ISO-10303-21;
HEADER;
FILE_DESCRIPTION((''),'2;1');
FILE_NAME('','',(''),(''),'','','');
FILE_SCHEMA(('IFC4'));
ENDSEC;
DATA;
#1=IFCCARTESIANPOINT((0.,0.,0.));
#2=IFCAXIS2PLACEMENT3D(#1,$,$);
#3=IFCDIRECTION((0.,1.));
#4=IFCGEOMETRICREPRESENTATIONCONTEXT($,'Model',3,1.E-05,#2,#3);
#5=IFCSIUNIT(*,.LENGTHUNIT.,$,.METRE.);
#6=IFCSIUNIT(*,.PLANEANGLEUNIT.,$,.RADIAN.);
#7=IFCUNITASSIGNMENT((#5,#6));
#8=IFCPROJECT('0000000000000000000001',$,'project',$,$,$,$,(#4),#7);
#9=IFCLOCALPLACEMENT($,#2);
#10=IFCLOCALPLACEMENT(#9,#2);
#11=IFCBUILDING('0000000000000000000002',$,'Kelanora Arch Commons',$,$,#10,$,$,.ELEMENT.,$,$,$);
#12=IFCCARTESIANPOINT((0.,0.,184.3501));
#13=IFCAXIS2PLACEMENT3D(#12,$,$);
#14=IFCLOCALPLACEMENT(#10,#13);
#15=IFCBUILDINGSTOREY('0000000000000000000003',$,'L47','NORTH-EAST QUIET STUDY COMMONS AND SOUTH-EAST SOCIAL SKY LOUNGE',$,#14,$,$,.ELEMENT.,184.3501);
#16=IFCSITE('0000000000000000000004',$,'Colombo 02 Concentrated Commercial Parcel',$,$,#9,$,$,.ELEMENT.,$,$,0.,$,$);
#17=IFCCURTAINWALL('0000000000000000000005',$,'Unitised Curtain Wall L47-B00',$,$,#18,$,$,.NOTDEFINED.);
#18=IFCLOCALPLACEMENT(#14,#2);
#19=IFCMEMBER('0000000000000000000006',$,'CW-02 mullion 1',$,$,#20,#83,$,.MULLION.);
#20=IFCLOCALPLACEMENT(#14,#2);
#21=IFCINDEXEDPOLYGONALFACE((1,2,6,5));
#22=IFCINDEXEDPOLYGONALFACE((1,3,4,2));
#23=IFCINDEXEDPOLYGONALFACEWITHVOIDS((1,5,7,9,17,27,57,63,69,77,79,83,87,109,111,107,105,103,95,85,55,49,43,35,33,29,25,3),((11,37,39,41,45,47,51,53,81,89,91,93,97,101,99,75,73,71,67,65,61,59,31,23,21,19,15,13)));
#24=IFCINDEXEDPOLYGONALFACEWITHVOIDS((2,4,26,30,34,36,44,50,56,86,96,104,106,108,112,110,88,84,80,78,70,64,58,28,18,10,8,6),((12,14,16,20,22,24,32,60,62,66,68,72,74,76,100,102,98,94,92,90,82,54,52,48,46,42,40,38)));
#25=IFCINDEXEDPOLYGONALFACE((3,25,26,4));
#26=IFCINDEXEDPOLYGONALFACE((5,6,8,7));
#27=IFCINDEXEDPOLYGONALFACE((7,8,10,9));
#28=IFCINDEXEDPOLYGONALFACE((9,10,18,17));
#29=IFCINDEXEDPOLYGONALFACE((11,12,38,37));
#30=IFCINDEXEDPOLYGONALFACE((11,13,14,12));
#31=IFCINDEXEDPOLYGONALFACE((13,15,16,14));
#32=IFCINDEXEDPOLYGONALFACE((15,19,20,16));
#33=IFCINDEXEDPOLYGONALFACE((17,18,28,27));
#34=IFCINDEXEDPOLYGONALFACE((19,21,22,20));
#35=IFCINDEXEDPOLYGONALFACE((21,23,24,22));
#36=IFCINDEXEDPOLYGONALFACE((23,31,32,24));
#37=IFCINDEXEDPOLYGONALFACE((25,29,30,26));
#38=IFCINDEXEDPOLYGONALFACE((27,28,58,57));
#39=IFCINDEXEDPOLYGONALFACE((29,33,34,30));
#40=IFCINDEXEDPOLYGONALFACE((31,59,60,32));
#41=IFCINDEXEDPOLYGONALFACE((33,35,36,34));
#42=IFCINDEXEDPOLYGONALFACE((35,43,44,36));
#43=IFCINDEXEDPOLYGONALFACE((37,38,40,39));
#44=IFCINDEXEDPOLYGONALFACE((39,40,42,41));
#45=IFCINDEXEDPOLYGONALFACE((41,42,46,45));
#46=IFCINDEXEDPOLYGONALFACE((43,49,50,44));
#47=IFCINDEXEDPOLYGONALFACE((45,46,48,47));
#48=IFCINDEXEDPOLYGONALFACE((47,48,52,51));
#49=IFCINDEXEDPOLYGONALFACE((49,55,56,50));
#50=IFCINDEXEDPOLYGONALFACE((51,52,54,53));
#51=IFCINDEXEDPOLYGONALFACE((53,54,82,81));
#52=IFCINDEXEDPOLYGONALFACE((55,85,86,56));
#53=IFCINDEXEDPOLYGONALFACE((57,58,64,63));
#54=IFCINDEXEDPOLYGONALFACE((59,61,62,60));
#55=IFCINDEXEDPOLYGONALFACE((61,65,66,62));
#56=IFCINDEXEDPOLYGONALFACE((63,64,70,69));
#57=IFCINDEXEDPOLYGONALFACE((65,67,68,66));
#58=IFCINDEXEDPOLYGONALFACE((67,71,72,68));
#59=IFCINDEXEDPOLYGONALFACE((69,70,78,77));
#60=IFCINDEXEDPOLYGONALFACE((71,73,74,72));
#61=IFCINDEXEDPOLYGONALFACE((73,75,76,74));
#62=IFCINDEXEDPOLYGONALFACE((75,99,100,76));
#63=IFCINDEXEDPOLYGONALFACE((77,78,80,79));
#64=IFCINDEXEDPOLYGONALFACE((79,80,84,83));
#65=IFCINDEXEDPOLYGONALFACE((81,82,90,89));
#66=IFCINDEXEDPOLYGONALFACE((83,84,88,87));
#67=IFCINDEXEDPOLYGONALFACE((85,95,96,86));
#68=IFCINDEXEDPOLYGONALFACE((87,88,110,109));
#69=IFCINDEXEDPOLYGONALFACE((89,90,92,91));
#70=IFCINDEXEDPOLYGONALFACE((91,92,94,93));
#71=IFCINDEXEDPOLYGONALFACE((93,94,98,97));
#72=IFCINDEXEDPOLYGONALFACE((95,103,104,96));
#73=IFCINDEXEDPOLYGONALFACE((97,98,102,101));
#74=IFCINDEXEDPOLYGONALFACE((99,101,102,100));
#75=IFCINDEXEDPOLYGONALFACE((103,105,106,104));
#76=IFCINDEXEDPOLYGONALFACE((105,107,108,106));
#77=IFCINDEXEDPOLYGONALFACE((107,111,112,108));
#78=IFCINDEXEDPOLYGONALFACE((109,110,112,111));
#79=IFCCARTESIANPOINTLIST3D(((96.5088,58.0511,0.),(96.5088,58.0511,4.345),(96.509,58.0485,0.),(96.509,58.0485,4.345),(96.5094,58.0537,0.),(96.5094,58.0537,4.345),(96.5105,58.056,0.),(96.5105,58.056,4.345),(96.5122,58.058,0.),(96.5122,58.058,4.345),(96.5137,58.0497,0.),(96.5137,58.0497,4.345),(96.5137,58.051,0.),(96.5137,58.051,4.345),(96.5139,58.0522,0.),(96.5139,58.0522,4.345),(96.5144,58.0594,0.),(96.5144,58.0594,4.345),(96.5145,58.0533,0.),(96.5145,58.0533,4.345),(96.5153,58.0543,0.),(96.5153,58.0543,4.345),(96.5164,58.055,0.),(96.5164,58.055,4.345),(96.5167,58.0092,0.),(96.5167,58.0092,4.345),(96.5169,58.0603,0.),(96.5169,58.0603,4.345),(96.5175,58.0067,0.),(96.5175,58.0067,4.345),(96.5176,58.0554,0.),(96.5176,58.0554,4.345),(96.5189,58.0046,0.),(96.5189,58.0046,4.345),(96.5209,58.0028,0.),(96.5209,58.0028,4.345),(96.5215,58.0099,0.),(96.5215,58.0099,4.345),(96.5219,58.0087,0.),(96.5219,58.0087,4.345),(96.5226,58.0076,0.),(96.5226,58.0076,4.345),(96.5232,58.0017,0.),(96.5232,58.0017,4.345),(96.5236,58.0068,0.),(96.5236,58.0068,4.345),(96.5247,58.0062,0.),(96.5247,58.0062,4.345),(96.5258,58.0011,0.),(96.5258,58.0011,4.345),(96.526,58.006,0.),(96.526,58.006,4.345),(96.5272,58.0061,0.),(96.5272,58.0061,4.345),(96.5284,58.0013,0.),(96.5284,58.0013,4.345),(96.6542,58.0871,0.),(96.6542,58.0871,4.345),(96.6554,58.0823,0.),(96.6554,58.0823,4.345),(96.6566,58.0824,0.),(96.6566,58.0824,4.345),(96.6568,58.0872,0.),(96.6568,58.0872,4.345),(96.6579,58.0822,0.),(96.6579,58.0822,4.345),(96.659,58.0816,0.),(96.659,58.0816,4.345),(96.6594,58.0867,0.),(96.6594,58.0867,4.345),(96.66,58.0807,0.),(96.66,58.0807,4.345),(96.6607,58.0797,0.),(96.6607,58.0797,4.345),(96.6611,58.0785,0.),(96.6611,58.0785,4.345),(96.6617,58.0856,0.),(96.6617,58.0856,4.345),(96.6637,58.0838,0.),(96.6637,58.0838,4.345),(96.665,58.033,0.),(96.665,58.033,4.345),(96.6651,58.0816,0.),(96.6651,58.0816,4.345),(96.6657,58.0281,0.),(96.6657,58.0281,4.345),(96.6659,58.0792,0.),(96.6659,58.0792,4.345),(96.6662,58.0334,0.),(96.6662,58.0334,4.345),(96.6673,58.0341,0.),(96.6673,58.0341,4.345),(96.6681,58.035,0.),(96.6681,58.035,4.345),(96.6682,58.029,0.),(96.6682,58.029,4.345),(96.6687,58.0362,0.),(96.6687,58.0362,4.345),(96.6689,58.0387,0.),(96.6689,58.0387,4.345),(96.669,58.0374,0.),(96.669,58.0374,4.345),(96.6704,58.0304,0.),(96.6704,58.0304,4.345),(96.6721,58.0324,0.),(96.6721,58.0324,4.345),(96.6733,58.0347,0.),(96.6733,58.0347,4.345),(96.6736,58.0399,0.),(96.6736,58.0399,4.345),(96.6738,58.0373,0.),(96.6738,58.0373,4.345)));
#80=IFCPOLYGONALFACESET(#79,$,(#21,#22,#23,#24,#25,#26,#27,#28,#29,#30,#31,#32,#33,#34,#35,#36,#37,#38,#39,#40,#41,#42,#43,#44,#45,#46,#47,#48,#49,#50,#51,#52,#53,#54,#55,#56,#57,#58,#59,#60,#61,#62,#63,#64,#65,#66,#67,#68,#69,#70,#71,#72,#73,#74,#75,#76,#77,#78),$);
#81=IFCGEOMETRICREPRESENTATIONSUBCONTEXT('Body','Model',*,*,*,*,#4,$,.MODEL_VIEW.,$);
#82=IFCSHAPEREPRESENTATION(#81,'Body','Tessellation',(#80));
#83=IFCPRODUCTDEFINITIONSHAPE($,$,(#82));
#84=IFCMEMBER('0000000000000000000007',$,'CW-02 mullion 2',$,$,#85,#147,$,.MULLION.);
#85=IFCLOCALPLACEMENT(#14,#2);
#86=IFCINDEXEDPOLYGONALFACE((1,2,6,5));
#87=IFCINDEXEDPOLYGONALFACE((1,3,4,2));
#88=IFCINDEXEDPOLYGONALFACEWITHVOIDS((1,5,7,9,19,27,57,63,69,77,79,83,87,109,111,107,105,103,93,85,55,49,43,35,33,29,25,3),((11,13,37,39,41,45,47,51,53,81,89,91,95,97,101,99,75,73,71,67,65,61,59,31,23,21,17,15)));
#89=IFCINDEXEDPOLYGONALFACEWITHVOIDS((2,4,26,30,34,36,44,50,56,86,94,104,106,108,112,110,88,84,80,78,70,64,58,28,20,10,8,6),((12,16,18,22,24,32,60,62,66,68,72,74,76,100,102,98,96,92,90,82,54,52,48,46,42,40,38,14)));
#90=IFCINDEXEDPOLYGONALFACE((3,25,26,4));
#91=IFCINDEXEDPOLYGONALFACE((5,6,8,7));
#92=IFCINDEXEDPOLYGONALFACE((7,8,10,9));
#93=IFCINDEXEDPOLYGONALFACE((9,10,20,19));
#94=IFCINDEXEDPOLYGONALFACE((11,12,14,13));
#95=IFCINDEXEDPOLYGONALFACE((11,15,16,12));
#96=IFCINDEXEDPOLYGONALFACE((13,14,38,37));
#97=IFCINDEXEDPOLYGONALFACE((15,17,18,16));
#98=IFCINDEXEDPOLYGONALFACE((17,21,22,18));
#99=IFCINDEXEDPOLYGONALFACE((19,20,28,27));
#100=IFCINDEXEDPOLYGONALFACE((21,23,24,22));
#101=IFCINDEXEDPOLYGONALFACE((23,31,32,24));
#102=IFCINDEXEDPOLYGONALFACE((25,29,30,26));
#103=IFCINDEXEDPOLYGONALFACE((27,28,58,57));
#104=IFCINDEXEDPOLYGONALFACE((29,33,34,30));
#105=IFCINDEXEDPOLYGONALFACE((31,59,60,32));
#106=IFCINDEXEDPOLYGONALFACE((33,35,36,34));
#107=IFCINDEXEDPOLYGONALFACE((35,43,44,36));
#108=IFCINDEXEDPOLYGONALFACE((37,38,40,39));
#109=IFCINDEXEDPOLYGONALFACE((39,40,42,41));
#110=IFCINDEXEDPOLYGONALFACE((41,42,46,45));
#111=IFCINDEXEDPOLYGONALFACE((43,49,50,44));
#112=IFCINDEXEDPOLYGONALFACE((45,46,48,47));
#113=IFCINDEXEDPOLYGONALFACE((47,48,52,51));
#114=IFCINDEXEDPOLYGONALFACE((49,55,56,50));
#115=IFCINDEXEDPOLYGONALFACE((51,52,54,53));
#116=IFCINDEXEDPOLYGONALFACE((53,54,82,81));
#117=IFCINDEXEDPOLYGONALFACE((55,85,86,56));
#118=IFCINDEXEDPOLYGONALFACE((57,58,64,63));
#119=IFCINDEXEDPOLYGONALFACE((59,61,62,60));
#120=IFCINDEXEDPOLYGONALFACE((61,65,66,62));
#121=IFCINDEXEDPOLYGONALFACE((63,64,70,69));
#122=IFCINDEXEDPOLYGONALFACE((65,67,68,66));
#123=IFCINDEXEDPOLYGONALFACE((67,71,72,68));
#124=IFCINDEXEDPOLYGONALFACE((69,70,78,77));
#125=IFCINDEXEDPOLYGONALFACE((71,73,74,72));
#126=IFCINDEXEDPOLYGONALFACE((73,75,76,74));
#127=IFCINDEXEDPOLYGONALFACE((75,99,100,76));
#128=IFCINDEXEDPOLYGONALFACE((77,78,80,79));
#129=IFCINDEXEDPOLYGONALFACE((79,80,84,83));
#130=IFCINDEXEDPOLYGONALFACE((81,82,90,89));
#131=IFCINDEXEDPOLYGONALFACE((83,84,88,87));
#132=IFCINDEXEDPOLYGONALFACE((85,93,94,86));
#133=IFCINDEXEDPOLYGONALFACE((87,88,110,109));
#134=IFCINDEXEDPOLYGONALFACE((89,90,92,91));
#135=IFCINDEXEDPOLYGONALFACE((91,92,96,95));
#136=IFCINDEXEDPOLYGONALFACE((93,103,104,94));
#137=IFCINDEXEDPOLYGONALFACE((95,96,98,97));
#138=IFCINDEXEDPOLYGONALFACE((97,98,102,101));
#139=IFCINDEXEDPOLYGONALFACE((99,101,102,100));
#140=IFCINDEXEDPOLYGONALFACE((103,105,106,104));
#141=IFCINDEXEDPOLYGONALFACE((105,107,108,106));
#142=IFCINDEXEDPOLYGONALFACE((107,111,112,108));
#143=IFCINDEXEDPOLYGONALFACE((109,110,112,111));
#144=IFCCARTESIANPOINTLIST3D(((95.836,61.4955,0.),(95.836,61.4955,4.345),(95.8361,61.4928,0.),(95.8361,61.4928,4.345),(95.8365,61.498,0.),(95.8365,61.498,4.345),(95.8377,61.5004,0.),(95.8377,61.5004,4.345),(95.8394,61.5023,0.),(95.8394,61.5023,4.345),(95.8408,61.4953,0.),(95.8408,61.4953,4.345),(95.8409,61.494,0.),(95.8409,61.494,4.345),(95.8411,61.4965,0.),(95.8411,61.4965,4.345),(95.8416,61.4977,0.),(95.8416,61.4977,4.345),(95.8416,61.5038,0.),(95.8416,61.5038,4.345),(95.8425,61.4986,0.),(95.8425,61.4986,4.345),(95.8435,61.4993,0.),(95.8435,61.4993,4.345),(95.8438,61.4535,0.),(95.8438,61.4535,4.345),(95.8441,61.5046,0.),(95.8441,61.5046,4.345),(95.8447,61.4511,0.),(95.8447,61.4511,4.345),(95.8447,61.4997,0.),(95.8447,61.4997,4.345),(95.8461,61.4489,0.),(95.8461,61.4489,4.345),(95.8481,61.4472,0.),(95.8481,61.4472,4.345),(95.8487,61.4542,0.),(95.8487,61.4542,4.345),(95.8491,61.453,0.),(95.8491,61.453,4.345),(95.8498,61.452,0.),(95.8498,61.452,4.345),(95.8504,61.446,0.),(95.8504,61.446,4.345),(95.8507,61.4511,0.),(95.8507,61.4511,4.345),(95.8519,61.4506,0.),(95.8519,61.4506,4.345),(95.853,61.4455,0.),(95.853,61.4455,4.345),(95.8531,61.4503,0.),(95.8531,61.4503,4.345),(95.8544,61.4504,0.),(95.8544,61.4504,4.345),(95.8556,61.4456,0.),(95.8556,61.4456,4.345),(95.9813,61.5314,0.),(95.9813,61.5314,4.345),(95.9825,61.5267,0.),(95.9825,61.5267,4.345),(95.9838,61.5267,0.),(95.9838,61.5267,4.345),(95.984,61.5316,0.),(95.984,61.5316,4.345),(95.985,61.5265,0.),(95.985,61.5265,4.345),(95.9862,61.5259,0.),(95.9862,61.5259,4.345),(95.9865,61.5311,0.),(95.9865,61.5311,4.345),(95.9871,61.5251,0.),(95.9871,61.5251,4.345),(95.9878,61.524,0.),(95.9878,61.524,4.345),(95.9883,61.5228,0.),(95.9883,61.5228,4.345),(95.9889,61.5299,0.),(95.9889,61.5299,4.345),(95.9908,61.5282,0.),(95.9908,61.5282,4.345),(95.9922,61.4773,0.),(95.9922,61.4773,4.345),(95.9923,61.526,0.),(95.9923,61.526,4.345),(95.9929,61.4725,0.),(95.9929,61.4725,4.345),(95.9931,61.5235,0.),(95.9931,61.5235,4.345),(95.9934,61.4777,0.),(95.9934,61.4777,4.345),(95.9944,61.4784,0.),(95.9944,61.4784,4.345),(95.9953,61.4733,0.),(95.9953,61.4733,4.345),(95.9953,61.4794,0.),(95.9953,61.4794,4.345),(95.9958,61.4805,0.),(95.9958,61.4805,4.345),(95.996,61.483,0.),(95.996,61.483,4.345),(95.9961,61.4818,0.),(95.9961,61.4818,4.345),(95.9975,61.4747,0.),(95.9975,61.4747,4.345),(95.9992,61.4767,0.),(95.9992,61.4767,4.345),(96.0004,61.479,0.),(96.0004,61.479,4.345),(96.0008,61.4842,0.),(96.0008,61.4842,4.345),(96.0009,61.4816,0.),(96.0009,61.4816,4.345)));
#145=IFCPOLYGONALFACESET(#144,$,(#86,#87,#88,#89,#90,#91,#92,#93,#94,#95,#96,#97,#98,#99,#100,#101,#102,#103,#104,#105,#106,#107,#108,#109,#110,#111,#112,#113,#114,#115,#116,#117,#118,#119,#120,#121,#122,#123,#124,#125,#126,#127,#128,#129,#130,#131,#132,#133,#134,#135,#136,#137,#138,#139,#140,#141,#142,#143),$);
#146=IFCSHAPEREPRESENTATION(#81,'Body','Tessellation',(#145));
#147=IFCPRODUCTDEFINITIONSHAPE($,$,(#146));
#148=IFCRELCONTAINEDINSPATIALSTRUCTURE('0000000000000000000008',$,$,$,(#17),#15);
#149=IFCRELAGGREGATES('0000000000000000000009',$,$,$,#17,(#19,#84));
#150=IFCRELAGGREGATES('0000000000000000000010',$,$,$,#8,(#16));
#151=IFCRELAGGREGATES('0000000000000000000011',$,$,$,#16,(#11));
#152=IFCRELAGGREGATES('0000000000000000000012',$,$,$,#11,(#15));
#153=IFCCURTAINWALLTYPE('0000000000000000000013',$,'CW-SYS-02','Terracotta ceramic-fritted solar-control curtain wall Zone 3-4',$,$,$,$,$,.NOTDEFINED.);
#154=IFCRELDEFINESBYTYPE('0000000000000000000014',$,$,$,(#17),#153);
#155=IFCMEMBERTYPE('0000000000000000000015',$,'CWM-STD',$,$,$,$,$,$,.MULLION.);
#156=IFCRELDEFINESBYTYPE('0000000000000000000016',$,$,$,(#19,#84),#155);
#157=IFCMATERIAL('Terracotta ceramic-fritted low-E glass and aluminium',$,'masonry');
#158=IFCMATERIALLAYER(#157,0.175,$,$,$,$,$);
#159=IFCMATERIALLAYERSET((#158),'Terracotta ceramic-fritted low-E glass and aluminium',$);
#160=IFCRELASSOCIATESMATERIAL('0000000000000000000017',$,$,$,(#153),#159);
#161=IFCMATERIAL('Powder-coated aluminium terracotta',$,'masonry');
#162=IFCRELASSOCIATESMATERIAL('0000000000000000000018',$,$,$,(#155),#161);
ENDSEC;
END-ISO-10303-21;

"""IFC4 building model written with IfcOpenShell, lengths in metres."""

from ifc_helpers import new_model, si_unit, direction, frame, origin, origin_2d, place, context, subcontext, project, spatial, hollow_rectangle, extrude, material, layer, layer_set, material_profile, profile_set, type_object, element, aggregate, save


model = new_model("IFC4")

# Units and contexts
model_context = context("Model", 3, precision=1e-05, world=origin(), true_north=direction((0.0, 1.0)))
body_context = subcontext(model_context, "Body", "Model", "MODEL_VIEW")
ifc_project = project(units=[si_unit("LENGTHUNIT", "METRE"), si_unit("PLANEANGLEUNIT", "RADIAN")], contexts=[model_context])

# Site, building, storey
site_placement = place(None, origin())
site = spatial("IfcSite", under=ifc_project, at=site_placement, Name="Colombo 02 Concentrated Commercial Parcel", CompositionType="ELEMENT", RefElevation=0.0)
building_placement = place(site_placement, origin())
building = spatial("IfcBuilding", under=site, at=building_placement, Name="Kelanora Arch Commons", CompositionType="ELEMENT")
storey_placement = place(building_placement, frame((0.0, 0.0, 184.3501)))
storey = spatial("IfcBuildingStorey", under=building, at=storey_placement, Name="L47", Description="NORTH-EAST QUIET STUDY COMMONS AND SOUTH-EAST SOCIAL SKY LOUNGE", CompositionType="ELEMENT", Elevation=184.3501)

# Curtain wall, members
ifc_material_1 = material(Name="Terracotta ceramic-fritted low-E glass and aluminium", Category="masonry")
ifc_layer_1 = layer(ifc_material_1, 0.175)
ifc_layer_set_1 = layer_set([ifc_layer_1], Name="Terracotta ceramic-fritted low-E glass and aluminium")
curtain_wall_type = type_object("IfcCurtainWallType", Name="CW-SYS-02", Description="Terracotta ceramic-fritted solar-control curtain wall Zone 3-4", PredefinedType="NOTDEFINED", material=ifc_layer_set_1)
curtain_wall_placement = place(storey_placement, origin())
curtain_wall = element("IfcCurtainWall", 1, at=curtain_wall_placement, inside=storey, type_object=curtain_wall_type, Name="Unitised Curtain Wall L47-B00", PredefinedType="NOTDEFINED")
ifc_material_2 = material(Name="Powder-coated aluminium terracotta", Category="masonry")
ifc_material_profile_1 = material_profile(ifc_material_2, hollow_rectangle(XDim=0.1599, YDim=0.0601, WallThickness=0.0049, InnerFilletRadius=0.0049, OuterFilletRadius=0.01, at=origin_2d()), Name="CWM160x60")
ifc_profile_set_1 = profile_set([ifc_material_profile_1], Name="Powder-coated aluminium terracotta")
member_type_1 = type_object("IfcMemberType", Name="CWM-STD", PredefinedType="MULLION", material=ifc_profile_set_1)
member_1_placement = place(storey_placement, frame((96.5913, 58.0442, 0.0), z_axis=(0.0, 0.0, 1.0), x_axis=(-0.981453, -0.191705, 0.0)))
member_1 = element("IfcMember", 2, at=member_1_placement, type_object=member_type_1, Name="CW-02 mullion 1", PredefinedType="MULLION", context=body_context, shape_type="SweptSolid", body=[
    extrude(hollow_rectangle(XDim=0.1599, YDim=0.0601, WallThickness=0.0049, InnerFilletRadius=0.0049, OuterFilletRadius=0.01, at=origin_2d()), origin(), (0.0, 0.0, 1.0), 4.345),
])
member_2_placement = place(storey_placement, frame((95.9185, 61.4885, 0.0), z_axis=(0.0, 0.0, 1.0), x_axis=(-0.981453, -0.191705, 0.0)))
member_2 = element("IfcMember", 3, at=member_2_placement, type_object=member_type_1, Name="CW-02 mullion 2", PredefinedType="MULLION", context=body_context, shape_type="SweptSolid", body=[
    extrude(hollow_rectangle(XDim=0.1599, YDim=0.0601, WallThickness=0.0049, InnerFilletRadius=0.0049, OuterFilletRadius=0.01, at=origin_2d()), origin(), (0.0, 0.0, 1.0), 4.345),
])
aggregate(curtain_wall, [member_1, member_2])

save(model, "model.ifc")
